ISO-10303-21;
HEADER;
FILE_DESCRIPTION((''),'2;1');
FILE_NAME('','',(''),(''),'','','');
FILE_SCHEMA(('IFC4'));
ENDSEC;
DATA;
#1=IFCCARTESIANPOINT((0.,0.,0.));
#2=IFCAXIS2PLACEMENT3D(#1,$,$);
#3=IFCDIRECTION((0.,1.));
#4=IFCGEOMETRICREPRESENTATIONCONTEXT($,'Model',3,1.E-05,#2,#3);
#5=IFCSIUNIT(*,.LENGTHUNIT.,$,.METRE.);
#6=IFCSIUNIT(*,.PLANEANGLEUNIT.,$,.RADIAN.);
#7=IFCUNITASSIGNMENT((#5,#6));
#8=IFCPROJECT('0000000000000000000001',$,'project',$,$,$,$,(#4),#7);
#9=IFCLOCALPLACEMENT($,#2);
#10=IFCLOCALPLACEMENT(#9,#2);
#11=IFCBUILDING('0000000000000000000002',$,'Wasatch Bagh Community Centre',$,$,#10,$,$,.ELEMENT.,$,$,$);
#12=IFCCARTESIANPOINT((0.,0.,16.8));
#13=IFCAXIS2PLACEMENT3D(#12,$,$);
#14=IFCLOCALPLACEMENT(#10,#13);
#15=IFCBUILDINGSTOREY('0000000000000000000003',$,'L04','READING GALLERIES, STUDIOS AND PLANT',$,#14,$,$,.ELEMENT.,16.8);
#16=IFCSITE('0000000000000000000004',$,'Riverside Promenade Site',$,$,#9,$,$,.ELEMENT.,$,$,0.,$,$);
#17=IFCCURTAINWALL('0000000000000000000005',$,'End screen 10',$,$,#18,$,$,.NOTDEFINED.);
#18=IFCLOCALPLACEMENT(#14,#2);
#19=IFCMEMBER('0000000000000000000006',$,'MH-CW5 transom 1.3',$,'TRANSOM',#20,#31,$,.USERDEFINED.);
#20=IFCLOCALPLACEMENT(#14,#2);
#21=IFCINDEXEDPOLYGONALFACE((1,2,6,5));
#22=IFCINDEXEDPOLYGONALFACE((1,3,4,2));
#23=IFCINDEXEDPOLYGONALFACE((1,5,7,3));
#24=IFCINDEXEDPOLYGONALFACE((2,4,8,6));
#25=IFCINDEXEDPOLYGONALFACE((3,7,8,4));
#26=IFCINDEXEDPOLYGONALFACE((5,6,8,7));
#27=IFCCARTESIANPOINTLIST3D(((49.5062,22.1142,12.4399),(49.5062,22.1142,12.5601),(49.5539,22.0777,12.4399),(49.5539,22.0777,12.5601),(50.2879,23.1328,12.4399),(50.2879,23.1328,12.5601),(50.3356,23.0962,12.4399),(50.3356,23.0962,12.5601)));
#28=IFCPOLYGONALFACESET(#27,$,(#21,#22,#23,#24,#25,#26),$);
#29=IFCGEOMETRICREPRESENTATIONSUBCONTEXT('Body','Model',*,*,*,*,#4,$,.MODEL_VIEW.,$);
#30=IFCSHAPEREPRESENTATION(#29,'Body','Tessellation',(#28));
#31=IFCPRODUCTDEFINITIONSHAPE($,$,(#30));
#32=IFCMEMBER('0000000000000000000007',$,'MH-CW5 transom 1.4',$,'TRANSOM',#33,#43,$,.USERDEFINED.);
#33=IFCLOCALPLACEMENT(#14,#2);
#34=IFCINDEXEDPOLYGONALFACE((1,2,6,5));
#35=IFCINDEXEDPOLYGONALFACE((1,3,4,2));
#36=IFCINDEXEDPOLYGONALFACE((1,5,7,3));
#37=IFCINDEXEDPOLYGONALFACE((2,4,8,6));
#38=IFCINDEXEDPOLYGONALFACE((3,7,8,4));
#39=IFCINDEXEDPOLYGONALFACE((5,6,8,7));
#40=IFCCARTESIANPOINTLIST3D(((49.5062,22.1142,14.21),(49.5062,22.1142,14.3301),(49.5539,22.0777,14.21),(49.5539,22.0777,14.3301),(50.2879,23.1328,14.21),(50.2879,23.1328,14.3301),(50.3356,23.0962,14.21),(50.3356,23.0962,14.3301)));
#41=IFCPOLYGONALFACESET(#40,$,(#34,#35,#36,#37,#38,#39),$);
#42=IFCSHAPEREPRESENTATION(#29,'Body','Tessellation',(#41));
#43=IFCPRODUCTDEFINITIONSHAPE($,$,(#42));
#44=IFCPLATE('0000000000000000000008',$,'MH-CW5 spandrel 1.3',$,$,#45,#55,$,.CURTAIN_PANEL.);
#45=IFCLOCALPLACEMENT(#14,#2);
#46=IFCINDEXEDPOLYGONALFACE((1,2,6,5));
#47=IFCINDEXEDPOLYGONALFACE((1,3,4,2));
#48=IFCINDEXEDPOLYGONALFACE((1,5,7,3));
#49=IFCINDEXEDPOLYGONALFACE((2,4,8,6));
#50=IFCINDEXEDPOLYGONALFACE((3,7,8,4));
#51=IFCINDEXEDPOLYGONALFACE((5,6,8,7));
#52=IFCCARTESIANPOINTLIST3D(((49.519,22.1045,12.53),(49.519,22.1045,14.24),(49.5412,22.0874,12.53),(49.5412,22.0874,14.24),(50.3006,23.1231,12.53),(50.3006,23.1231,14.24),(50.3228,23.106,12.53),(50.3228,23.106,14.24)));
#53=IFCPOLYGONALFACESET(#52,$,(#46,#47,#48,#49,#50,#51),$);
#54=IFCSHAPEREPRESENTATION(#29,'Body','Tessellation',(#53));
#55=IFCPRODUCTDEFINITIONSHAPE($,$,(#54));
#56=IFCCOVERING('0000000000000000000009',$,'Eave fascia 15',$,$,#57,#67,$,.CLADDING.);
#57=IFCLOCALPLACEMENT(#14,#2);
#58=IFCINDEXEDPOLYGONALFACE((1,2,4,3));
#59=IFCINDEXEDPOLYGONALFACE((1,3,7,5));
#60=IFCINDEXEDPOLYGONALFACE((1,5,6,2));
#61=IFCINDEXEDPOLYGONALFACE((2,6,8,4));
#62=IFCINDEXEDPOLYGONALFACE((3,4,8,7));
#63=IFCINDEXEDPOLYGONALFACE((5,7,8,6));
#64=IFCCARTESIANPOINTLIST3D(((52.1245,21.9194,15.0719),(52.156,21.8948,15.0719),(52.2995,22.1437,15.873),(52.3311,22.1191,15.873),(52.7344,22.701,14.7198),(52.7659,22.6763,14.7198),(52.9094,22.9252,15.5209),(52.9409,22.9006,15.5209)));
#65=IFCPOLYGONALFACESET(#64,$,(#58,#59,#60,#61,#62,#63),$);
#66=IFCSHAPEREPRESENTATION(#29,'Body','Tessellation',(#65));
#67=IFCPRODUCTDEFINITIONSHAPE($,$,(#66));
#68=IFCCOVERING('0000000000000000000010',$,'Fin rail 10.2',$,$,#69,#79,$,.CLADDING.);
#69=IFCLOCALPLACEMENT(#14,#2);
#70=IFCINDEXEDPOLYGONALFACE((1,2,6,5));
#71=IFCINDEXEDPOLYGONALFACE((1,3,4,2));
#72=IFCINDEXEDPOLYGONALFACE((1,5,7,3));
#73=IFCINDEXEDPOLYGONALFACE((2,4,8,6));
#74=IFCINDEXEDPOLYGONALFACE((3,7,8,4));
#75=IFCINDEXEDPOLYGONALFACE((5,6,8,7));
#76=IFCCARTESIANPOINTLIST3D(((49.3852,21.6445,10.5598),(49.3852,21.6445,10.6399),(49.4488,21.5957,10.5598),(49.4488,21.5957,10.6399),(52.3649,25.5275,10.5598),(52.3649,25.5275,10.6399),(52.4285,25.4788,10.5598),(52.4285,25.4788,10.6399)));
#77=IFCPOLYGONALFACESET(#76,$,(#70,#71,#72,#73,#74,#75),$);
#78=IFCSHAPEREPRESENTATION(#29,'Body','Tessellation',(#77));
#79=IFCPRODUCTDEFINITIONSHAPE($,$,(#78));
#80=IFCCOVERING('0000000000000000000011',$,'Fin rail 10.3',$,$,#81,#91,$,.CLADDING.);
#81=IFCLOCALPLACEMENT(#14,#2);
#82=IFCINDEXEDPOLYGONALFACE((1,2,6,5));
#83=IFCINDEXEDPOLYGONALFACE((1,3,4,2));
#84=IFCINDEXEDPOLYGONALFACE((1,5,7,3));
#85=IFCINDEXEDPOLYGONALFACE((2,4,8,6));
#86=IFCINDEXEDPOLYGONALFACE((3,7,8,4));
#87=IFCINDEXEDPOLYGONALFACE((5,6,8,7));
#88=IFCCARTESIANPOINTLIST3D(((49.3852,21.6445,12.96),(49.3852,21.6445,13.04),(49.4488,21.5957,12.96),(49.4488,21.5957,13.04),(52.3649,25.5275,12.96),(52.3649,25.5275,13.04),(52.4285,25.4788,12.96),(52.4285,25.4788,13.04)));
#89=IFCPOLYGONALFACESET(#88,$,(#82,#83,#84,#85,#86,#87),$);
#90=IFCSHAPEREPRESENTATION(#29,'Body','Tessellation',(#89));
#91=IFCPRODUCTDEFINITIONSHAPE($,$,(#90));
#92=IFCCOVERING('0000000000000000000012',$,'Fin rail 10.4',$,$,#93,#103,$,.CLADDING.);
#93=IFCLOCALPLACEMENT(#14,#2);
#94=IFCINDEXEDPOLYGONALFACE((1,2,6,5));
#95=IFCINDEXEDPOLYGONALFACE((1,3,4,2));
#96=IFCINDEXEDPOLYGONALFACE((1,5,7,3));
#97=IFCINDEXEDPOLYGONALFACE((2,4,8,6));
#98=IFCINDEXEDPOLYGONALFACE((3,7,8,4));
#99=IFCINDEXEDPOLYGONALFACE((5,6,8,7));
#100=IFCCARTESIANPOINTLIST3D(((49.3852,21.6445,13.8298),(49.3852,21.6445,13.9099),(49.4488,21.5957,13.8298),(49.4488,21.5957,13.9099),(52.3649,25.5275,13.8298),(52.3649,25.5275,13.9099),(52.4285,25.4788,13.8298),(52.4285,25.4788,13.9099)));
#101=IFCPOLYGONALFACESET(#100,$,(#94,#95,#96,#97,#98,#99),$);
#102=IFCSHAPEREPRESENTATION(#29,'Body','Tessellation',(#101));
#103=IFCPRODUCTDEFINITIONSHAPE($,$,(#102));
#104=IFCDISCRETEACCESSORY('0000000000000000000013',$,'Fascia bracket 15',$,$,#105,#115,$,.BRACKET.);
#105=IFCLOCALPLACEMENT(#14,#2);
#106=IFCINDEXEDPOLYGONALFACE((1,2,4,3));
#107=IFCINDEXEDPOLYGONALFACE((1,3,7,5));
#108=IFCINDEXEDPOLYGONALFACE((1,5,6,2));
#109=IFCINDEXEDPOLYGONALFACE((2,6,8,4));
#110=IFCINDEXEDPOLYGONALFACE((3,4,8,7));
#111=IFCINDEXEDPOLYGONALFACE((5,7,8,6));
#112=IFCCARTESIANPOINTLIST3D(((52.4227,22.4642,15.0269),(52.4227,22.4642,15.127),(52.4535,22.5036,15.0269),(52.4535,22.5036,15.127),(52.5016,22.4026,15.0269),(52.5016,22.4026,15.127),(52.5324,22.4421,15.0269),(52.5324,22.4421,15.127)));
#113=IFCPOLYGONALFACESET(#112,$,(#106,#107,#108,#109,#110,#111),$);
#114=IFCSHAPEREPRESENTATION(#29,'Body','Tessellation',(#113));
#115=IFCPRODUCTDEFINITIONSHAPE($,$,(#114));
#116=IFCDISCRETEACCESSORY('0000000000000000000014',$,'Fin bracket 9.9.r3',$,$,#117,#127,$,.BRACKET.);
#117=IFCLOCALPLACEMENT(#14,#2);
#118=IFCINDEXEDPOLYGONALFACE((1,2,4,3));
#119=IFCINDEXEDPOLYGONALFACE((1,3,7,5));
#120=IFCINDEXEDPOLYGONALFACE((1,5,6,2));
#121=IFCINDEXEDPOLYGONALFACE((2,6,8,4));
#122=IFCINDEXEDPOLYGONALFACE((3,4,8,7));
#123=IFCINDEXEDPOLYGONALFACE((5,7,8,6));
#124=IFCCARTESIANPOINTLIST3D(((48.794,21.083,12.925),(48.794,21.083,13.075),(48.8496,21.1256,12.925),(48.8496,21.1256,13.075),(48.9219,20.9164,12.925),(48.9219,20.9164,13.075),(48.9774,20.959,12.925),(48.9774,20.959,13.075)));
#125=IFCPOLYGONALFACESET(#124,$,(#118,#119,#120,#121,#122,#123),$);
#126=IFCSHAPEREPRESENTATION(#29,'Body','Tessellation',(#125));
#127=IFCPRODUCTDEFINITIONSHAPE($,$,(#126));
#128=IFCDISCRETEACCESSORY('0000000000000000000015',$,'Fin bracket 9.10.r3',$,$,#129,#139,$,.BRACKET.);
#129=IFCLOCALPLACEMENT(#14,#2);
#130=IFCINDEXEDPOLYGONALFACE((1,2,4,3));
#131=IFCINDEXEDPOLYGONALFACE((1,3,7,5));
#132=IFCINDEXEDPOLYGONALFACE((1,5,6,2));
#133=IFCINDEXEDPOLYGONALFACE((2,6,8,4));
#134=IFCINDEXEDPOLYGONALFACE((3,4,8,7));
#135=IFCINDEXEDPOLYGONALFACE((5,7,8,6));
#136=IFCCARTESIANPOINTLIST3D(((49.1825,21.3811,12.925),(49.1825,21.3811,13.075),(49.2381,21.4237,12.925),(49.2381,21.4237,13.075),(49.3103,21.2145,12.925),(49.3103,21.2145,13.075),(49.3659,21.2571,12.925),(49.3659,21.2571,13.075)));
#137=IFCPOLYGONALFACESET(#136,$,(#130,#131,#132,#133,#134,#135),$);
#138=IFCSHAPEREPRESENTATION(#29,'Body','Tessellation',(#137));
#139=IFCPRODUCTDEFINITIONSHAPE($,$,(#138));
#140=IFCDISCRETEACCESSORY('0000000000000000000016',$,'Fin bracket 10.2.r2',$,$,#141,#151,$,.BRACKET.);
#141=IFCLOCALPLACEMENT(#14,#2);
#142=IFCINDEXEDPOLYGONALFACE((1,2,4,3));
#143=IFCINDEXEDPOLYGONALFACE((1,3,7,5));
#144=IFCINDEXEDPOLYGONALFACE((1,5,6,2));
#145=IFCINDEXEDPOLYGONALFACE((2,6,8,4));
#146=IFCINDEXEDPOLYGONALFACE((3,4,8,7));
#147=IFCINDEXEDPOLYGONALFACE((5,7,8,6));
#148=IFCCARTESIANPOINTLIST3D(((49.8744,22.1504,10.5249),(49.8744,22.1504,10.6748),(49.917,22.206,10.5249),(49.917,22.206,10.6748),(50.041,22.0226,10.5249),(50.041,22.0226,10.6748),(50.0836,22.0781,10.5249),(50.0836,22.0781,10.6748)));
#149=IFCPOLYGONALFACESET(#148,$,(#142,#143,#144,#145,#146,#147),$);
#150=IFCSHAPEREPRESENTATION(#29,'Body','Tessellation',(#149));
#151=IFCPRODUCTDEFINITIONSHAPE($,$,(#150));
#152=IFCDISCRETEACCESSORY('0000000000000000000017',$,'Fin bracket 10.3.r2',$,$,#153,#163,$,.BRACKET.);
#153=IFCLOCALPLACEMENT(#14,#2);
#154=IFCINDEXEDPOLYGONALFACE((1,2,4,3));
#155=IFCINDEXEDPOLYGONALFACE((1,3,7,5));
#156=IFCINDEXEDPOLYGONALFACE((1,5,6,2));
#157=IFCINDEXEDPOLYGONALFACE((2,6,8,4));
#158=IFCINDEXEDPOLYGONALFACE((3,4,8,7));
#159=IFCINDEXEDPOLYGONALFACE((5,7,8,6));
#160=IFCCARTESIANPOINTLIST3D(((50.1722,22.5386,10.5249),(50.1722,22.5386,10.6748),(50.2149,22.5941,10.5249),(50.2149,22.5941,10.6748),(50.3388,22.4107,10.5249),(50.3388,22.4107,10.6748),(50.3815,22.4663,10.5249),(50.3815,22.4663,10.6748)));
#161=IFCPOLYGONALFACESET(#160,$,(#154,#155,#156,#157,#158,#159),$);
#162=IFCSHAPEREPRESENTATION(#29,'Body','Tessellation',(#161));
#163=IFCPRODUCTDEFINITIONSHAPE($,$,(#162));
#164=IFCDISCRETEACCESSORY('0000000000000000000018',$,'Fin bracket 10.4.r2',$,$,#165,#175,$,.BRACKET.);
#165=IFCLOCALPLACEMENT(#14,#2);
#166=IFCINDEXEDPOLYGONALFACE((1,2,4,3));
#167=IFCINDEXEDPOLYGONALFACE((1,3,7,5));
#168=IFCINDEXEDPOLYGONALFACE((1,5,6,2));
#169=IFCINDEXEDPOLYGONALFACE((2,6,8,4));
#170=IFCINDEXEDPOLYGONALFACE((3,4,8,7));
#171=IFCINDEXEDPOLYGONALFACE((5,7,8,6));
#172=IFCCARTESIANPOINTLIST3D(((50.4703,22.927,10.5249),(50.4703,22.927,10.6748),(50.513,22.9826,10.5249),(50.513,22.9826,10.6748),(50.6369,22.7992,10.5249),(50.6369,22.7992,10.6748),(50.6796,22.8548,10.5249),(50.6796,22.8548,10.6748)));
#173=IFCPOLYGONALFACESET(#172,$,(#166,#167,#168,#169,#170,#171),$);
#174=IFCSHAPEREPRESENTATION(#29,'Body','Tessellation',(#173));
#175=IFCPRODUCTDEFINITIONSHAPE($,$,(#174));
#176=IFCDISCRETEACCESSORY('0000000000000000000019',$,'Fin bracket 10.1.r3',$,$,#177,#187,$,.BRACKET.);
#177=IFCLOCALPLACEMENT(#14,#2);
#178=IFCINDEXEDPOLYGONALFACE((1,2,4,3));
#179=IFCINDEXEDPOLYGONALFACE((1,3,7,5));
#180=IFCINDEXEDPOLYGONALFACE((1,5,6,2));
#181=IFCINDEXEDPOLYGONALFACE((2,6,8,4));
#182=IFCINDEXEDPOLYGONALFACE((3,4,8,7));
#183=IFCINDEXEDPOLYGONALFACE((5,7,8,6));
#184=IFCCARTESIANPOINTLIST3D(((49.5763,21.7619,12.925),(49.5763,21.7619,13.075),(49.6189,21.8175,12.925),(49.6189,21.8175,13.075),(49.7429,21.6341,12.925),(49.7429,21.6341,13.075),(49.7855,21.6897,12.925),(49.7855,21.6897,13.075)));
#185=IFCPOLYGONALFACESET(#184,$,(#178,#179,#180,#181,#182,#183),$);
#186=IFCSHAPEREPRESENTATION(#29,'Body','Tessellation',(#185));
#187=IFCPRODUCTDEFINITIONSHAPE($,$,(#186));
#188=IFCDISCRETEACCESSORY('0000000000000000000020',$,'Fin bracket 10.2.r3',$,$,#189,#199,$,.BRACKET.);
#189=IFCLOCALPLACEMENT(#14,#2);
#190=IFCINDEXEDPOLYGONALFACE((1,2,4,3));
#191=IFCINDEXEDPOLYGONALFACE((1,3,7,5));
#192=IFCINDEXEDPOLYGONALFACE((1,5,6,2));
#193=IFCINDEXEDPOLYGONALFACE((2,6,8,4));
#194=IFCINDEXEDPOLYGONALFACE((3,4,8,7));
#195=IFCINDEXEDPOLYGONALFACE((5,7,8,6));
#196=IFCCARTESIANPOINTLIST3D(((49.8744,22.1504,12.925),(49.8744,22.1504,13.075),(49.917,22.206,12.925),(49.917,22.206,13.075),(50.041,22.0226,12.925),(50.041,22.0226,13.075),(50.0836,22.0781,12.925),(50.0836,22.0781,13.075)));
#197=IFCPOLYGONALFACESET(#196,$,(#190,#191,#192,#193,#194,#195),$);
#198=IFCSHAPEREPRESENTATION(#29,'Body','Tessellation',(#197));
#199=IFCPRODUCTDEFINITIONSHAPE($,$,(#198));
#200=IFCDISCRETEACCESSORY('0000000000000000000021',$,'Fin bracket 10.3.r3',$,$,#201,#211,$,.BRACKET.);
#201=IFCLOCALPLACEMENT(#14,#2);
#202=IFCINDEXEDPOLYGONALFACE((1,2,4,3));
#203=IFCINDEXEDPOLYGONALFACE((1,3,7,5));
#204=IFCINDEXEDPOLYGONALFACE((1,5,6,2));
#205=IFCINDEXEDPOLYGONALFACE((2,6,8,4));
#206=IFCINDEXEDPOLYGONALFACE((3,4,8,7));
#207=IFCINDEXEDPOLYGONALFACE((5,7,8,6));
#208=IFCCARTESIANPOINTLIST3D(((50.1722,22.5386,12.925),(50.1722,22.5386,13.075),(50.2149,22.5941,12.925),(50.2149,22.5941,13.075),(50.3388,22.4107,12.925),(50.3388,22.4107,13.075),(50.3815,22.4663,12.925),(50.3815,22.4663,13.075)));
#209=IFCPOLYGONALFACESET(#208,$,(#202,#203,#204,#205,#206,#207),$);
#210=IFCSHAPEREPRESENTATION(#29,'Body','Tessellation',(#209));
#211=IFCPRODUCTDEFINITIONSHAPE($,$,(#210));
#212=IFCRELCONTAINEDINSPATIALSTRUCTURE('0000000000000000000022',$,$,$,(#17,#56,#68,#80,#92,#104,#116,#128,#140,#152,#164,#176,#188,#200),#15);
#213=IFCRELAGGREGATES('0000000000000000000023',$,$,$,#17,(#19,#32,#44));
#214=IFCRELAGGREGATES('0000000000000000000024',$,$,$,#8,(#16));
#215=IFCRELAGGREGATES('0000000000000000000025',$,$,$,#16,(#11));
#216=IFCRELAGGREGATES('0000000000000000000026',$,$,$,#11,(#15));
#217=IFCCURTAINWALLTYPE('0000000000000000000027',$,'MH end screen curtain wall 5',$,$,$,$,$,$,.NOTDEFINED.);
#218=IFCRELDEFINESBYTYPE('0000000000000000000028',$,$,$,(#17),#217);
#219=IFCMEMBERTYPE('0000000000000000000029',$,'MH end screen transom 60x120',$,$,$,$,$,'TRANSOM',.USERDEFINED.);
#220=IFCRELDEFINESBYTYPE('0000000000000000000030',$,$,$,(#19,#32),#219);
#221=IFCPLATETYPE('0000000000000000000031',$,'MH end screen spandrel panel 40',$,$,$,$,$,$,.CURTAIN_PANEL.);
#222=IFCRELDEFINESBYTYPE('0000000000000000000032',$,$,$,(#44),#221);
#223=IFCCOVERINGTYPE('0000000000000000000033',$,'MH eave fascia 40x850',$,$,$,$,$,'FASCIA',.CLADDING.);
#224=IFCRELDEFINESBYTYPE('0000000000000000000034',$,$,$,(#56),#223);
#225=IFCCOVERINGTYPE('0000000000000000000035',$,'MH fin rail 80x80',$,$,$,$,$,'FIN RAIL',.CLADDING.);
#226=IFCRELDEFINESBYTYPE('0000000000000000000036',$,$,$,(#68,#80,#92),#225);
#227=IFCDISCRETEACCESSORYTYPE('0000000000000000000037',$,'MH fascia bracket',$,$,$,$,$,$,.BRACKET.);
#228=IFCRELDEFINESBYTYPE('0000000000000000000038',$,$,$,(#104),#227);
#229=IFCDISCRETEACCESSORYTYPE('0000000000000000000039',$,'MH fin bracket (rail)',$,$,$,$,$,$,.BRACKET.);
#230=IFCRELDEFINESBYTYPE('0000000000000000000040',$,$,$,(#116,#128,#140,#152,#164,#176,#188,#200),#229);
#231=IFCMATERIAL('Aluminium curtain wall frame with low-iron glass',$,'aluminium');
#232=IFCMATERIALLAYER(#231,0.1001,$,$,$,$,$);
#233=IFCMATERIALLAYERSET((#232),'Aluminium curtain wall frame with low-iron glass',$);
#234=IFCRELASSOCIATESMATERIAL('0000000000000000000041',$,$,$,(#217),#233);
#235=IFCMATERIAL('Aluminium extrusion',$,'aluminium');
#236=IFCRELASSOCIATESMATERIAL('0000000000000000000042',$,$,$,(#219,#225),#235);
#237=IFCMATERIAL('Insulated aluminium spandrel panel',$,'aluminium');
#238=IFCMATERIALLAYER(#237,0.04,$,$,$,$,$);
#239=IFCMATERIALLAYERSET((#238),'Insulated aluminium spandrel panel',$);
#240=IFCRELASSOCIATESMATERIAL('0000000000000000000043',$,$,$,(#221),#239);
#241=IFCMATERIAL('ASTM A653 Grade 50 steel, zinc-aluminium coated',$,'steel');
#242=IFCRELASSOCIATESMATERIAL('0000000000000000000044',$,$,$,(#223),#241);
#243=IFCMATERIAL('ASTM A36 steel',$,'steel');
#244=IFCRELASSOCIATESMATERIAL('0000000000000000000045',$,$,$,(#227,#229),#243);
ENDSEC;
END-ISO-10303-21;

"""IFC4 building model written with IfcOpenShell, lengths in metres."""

from ifc_helpers import new_model, si_unit, direction, frame, origin, origin_2d, place, context, subcontext, project, spatial, rectangle, extrude, material, layer, layer_set, material_profile, profile_set, type_object, element, aggregate, save


model = new_model("IFC4")

# Units and contexts
model_context = context("Model", 3, precision=1e-05, world=origin(), true_north=direction((0.0, 1.0)))
body_context = subcontext(model_context, "Body", "Model", "MODEL_VIEW")
ifc_project = project(units=[si_unit("LENGTHUNIT", "METRE"), si_unit("PLANEANGLEUNIT", "RADIAN")], contexts=[model_context])

# Site, building, storey
site_placement = place(None, origin())
site = spatial("IfcSite", under=ifc_project, at=site_placement, Name="Riverside Promenade Site", CompositionType="ELEMENT", RefElevation=0.0)
building_placement = place(site_placement, origin())
building = spatial("IfcBuilding", under=site, at=building_placement, Name="Wasatch Bagh Community Centre", CompositionType="ELEMENT")
storey_placement = place(building_placement, frame((0.0, 0.0, 16.8)))
storey = spatial("IfcBuildingStorey", under=building, at=storey_placement, Name="L04", Description="READING GALLERIES, STUDIOS AND PLANT", CompositionType="ELEMENT", Elevation=16.8)

# Curtain wall, members, plate
ifc_material_1 = material(Name="Aluminium curtain wall frame with low-iron glass", Category="aluminium")
ifc_layer_1 = layer(ifc_material_1, 0.1001)
ifc_layer_set_1 = layer_set([ifc_layer_1], Name="Aluminium curtain wall frame with low-iron glass")
curtain_wall_type = type_object("IfcCurtainWallType", Name="MH end screen curtain wall 5", PredefinedType="NOTDEFINED", material=ifc_layer_set_1)
curtain_wall_placement = place(storey_placement, origin())
curtain_wall = element("IfcCurtainWall", 1, at=curtain_wall_placement, inside=storey, type_object=curtain_wall_type, Name="End screen 10", PredefinedType="NOTDEFINED")
ifc_material_2 = material(Name="Aluminium extrusion", Category="aluminium")
ifc_material_profile_1 = material_profile(ifc_material_2, rectangle(XDim=0.0601, YDim=0.1201, at=origin_2d()), Name="AL 60x120")
ifc_profile_set_1 = profile_set([ifc_material_profile_1], Name="Aluminium extrusion")
member_type = type_object("IfcMemberType", Name="MH end screen transom 60x120", ElementType="TRANSOM", PredefinedType="USERDEFINED", material=ifc_profile_set_1)
member_1_placement = place(storey_placement, frame((49.53, 22.0959, 12.5), z_axis=(0.608847, 0.793288, 0.0), x_axis=(-0.793288, 0.608847, 0.0)))
member_1 = element("IfcMember", 2, at=member_1_placement, type_object=member_type, Name="MH-CW5 transom 1.3", ObjectType="TRANSOM", PredefinedType="USERDEFINED", context=body_context, shape_type="SweptSolid", body=[
    extrude(rectangle(XDim=0.0601, YDim=0.1201, at=origin_2d()), origin(), (0.0, 0.0, 1.0), 1.2839),
])
member_2_placement = place(storey_placement, frame((49.53, 22.0959, 14.27), z_axis=(0.608847, 0.793288, 0.0), x_axis=(-0.793288, 0.608847, 0.0)))
member_2 = element("IfcMember", 3, at=member_2_placement, type_object=member_type, Name="MH-CW5 transom 1.4", ObjectType="TRANSOM", PredefinedType="USERDEFINED", context=body_context, shape_type="SweptSolid", body=[
    extrude(rectangle(XDim=0.0601, YDim=0.1201, at=origin_2d()), origin(), (0.0, 0.0, 1.0), 1.2839),
])
ifc_material_3 = material(Name="Insulated aluminium spandrel panel", Category="aluminium")
ifc_layer_2 = layer(ifc_material_3, 0.04)
ifc_layer_set_2 = layer_set([ifc_layer_2], Name="Insulated aluminium spandrel panel")
plate_type = type_object("IfcPlateType", Name="MH end screen spandrel panel 40", PredefinedType="CURTAIN_PANEL", material=ifc_layer_set_2)
plate_placement = place(storey_placement, frame((49.9209, 22.6052, 12.53), z_axis=(0.0, 0.0, 1.0), x_axis=(0.608761, 0.793353, 0.0)))
plate = element("IfcPlate", 4, at=plate_placement, type_object=plate_type, Name="MH-CW5 spandrel 1.3", PredefinedType="CURTAIN_PANEL", context=body_context, shape_type="SweptSolid", body=[
    extrude(rectangle(XDim=1.2839, YDim=0.0281, at=origin_2d()), origin(), (0.0, 0.0, 1.0), 1.71),
])
aggregate(curtain_wall, [member_1, member_2, plate])

# Coverings
ifc_material_4 = material(Name="ASTM A653 Grade 50 steel, zinc-aluminium coated", Category="steel")
ifc_material_profile_2 = material_profile(ifc_material_4, rectangle(XDim=0.04, YDim=0.8501, at=origin_2d()), Name="FASCIA 40x850")
ifc_profile_set_2 = profile_set([ifc_material_profile_2], Name="ASTM A653 Grade 50 steel, zinc-aluminium coated")
covering_type_1 = type_object("IfcCoveringType", Name="MH eave fascia 40x850", ElementType="FASCIA", PredefinedType="CLADDING", material=ifc_profile_set_2)
covering_1_placement = place(storey_placement, frame((52.8376, 22.8008, 15.1204), z_axis=(-0.579744, -0.742898, 0.334664), x_axis=(0.788357, -0.615219, 0.0)))
element("IfcCovering", 5, at=covering_1_placement, inside=storey, type_object=covering_type_1, Name="Eave fascia 15", PredefinedType="CLADDING", context=body_context, shape_type="SweptSolid", body=[
    extrude(rectangle(XDim=0.04, YDim=0.8501, at=origin_2d()), origin(), (0.0, 0.0, 1.0), 1.052),
])
ifc_material_profile_3 = material_profile(ifc_material_2, rectangle(XDim=0.0801, YDim=0.0801, at=origin_2d()), Name="AL 80x80")
ifc_profile_set_3 = profile_set([ifc_material_profile_3], Name="Aluminium extrusion")
covering_type_2 = type_object("IfcCoveringType", Name="MH fin rail 80x80", ElementType="FIN RAIL", PredefinedType="CLADDING", material=ifc_profile_set_3)
for number, where, z_axis, x_axis, name in (
    (6, (49.417, 21.6201, 10.5999), (0.608782, 0.793337, 0.0), (-0.793337, 0.608782, 0.0), "Fin rail 10.2"),
    (7, (49.417, 21.6201, 13.0), (0.608782, 0.793337, 0.0), (-0.793337, 0.608782, 0.0), "Fin rail 10.3"),
    (8, (49.417, 21.6201, 13.8699), (0.608782, 0.793337, 0.0), (-0.793337, 0.608782, 0.0), "Fin rail 10.4"),
):
    element("IfcCovering", number, at=place(storey_placement, frame(where, z_axis=z_axis, x_axis=x_axis)), inside=storey, type_object=covering_type_2, Name=name, PredefinedType="CLADDING", context=body_context, shape_type="SweptSolid", body=[
        extrude(rectangle(XDim=0.0801, YDim=0.0801, at=origin_2d()), origin(), (0.0, 0.0, 1.0), 4.8945),
    ])

# Discrete accessories
ifc_material_5 = material(Name="ASTM A36 steel", Category="steel")
discrete_accessory_type_1 = type_object("IfcDiscreteAccessoryType", Name="MH fascia bracket", PredefinedType="BRACKET", material=ifc_material_5)
discrete_accessory_1_placement = place(storey_placement, frame((52.4775, 22.4531, 15.0269), z_axis=(0.0, 0.0, 1.0), x_axis=(0.788346, -0.615232, 0.0)))
element("IfcDiscreteAccessory", 9, at=discrete_accessory_1_placement, inside=storey, type_object=discrete_accessory_type_1, Name="Fascia bracket 15", PredefinedType="BRACKET", context=body_context, shape_type="SweptSolid", body=[
    extrude(rectangle(XDim=0.1001, YDim=0.05, at=origin_2d()), origin(), (0.0, 0.0, 1.0), 0.1001),
])
discrete_accessory_type_2 = type_object("IfcDiscreteAccessoryType", Name="MH fin bracket (rail)", PredefinedType="BRACKET", material=ifc_material_5)
for number, where, z_axis, x_axis, name in (
    (10, (48.8857, 21.021, 12.925), (0.0, 0.0, 1.0), (0.793353, 0.608761, 0.0), "Fin bracket 9.9.r3"),
    (11, (49.2742, 21.3191, 12.925), (0.0, 0.0, 1.0), (0.793353, 0.608761, 0.0), "Fin bracket 9.10.r3"),
    (12, (49.979, 22.1143, 10.5249), (0.0, 0.0, 1.0), (0.608761, 0.793353, 0.0), "Fin bracket 10.2.r2"),
    (13, (50.2769, 22.5024, 10.5249), (0.0, 0.0, 1.0), (0.608761, 0.793353, 0.0), "Fin bracket 10.3.r2"),
    (14, (50.575, 22.8909, 10.5249), (0.0, 0.0, 1.0), (0.608761, 0.793353, 0.0), "Fin bracket 10.4.r2"),
    (15, (49.6809, 21.7258, 12.925), (0.0, 0.0, 1.0), (0.608761, 0.793353, 0.0), "Fin bracket 10.1.r3"),
    (16, (49.979, 22.1143, 12.925), (0.0, 0.0, 1.0), (0.608761, 0.793353, 0.0), "Fin bracket 10.2.r3"),
    (17, (50.2769, 22.5024, 12.925), (0.0, 0.0, 1.0), (0.608761, 0.793353, 0.0), "Fin bracket 10.3.r3"),
):
    element("IfcDiscreteAccessory", number, at=place(storey_placement, frame(where, z_axis=z_axis, x_axis=x_axis)), inside=storey, type_object=discrete_accessory_type_2, Name=name, PredefinedType="BRACKET", context=body_context, shape_type="SweptSolid", body=[
        extrude(rectangle(XDim=0.0701, YDim=0.21, at=origin_2d()), origin(), (0.0, 0.0, 1.0), 0.1499),
    ])

save(model, "model.ifc")
